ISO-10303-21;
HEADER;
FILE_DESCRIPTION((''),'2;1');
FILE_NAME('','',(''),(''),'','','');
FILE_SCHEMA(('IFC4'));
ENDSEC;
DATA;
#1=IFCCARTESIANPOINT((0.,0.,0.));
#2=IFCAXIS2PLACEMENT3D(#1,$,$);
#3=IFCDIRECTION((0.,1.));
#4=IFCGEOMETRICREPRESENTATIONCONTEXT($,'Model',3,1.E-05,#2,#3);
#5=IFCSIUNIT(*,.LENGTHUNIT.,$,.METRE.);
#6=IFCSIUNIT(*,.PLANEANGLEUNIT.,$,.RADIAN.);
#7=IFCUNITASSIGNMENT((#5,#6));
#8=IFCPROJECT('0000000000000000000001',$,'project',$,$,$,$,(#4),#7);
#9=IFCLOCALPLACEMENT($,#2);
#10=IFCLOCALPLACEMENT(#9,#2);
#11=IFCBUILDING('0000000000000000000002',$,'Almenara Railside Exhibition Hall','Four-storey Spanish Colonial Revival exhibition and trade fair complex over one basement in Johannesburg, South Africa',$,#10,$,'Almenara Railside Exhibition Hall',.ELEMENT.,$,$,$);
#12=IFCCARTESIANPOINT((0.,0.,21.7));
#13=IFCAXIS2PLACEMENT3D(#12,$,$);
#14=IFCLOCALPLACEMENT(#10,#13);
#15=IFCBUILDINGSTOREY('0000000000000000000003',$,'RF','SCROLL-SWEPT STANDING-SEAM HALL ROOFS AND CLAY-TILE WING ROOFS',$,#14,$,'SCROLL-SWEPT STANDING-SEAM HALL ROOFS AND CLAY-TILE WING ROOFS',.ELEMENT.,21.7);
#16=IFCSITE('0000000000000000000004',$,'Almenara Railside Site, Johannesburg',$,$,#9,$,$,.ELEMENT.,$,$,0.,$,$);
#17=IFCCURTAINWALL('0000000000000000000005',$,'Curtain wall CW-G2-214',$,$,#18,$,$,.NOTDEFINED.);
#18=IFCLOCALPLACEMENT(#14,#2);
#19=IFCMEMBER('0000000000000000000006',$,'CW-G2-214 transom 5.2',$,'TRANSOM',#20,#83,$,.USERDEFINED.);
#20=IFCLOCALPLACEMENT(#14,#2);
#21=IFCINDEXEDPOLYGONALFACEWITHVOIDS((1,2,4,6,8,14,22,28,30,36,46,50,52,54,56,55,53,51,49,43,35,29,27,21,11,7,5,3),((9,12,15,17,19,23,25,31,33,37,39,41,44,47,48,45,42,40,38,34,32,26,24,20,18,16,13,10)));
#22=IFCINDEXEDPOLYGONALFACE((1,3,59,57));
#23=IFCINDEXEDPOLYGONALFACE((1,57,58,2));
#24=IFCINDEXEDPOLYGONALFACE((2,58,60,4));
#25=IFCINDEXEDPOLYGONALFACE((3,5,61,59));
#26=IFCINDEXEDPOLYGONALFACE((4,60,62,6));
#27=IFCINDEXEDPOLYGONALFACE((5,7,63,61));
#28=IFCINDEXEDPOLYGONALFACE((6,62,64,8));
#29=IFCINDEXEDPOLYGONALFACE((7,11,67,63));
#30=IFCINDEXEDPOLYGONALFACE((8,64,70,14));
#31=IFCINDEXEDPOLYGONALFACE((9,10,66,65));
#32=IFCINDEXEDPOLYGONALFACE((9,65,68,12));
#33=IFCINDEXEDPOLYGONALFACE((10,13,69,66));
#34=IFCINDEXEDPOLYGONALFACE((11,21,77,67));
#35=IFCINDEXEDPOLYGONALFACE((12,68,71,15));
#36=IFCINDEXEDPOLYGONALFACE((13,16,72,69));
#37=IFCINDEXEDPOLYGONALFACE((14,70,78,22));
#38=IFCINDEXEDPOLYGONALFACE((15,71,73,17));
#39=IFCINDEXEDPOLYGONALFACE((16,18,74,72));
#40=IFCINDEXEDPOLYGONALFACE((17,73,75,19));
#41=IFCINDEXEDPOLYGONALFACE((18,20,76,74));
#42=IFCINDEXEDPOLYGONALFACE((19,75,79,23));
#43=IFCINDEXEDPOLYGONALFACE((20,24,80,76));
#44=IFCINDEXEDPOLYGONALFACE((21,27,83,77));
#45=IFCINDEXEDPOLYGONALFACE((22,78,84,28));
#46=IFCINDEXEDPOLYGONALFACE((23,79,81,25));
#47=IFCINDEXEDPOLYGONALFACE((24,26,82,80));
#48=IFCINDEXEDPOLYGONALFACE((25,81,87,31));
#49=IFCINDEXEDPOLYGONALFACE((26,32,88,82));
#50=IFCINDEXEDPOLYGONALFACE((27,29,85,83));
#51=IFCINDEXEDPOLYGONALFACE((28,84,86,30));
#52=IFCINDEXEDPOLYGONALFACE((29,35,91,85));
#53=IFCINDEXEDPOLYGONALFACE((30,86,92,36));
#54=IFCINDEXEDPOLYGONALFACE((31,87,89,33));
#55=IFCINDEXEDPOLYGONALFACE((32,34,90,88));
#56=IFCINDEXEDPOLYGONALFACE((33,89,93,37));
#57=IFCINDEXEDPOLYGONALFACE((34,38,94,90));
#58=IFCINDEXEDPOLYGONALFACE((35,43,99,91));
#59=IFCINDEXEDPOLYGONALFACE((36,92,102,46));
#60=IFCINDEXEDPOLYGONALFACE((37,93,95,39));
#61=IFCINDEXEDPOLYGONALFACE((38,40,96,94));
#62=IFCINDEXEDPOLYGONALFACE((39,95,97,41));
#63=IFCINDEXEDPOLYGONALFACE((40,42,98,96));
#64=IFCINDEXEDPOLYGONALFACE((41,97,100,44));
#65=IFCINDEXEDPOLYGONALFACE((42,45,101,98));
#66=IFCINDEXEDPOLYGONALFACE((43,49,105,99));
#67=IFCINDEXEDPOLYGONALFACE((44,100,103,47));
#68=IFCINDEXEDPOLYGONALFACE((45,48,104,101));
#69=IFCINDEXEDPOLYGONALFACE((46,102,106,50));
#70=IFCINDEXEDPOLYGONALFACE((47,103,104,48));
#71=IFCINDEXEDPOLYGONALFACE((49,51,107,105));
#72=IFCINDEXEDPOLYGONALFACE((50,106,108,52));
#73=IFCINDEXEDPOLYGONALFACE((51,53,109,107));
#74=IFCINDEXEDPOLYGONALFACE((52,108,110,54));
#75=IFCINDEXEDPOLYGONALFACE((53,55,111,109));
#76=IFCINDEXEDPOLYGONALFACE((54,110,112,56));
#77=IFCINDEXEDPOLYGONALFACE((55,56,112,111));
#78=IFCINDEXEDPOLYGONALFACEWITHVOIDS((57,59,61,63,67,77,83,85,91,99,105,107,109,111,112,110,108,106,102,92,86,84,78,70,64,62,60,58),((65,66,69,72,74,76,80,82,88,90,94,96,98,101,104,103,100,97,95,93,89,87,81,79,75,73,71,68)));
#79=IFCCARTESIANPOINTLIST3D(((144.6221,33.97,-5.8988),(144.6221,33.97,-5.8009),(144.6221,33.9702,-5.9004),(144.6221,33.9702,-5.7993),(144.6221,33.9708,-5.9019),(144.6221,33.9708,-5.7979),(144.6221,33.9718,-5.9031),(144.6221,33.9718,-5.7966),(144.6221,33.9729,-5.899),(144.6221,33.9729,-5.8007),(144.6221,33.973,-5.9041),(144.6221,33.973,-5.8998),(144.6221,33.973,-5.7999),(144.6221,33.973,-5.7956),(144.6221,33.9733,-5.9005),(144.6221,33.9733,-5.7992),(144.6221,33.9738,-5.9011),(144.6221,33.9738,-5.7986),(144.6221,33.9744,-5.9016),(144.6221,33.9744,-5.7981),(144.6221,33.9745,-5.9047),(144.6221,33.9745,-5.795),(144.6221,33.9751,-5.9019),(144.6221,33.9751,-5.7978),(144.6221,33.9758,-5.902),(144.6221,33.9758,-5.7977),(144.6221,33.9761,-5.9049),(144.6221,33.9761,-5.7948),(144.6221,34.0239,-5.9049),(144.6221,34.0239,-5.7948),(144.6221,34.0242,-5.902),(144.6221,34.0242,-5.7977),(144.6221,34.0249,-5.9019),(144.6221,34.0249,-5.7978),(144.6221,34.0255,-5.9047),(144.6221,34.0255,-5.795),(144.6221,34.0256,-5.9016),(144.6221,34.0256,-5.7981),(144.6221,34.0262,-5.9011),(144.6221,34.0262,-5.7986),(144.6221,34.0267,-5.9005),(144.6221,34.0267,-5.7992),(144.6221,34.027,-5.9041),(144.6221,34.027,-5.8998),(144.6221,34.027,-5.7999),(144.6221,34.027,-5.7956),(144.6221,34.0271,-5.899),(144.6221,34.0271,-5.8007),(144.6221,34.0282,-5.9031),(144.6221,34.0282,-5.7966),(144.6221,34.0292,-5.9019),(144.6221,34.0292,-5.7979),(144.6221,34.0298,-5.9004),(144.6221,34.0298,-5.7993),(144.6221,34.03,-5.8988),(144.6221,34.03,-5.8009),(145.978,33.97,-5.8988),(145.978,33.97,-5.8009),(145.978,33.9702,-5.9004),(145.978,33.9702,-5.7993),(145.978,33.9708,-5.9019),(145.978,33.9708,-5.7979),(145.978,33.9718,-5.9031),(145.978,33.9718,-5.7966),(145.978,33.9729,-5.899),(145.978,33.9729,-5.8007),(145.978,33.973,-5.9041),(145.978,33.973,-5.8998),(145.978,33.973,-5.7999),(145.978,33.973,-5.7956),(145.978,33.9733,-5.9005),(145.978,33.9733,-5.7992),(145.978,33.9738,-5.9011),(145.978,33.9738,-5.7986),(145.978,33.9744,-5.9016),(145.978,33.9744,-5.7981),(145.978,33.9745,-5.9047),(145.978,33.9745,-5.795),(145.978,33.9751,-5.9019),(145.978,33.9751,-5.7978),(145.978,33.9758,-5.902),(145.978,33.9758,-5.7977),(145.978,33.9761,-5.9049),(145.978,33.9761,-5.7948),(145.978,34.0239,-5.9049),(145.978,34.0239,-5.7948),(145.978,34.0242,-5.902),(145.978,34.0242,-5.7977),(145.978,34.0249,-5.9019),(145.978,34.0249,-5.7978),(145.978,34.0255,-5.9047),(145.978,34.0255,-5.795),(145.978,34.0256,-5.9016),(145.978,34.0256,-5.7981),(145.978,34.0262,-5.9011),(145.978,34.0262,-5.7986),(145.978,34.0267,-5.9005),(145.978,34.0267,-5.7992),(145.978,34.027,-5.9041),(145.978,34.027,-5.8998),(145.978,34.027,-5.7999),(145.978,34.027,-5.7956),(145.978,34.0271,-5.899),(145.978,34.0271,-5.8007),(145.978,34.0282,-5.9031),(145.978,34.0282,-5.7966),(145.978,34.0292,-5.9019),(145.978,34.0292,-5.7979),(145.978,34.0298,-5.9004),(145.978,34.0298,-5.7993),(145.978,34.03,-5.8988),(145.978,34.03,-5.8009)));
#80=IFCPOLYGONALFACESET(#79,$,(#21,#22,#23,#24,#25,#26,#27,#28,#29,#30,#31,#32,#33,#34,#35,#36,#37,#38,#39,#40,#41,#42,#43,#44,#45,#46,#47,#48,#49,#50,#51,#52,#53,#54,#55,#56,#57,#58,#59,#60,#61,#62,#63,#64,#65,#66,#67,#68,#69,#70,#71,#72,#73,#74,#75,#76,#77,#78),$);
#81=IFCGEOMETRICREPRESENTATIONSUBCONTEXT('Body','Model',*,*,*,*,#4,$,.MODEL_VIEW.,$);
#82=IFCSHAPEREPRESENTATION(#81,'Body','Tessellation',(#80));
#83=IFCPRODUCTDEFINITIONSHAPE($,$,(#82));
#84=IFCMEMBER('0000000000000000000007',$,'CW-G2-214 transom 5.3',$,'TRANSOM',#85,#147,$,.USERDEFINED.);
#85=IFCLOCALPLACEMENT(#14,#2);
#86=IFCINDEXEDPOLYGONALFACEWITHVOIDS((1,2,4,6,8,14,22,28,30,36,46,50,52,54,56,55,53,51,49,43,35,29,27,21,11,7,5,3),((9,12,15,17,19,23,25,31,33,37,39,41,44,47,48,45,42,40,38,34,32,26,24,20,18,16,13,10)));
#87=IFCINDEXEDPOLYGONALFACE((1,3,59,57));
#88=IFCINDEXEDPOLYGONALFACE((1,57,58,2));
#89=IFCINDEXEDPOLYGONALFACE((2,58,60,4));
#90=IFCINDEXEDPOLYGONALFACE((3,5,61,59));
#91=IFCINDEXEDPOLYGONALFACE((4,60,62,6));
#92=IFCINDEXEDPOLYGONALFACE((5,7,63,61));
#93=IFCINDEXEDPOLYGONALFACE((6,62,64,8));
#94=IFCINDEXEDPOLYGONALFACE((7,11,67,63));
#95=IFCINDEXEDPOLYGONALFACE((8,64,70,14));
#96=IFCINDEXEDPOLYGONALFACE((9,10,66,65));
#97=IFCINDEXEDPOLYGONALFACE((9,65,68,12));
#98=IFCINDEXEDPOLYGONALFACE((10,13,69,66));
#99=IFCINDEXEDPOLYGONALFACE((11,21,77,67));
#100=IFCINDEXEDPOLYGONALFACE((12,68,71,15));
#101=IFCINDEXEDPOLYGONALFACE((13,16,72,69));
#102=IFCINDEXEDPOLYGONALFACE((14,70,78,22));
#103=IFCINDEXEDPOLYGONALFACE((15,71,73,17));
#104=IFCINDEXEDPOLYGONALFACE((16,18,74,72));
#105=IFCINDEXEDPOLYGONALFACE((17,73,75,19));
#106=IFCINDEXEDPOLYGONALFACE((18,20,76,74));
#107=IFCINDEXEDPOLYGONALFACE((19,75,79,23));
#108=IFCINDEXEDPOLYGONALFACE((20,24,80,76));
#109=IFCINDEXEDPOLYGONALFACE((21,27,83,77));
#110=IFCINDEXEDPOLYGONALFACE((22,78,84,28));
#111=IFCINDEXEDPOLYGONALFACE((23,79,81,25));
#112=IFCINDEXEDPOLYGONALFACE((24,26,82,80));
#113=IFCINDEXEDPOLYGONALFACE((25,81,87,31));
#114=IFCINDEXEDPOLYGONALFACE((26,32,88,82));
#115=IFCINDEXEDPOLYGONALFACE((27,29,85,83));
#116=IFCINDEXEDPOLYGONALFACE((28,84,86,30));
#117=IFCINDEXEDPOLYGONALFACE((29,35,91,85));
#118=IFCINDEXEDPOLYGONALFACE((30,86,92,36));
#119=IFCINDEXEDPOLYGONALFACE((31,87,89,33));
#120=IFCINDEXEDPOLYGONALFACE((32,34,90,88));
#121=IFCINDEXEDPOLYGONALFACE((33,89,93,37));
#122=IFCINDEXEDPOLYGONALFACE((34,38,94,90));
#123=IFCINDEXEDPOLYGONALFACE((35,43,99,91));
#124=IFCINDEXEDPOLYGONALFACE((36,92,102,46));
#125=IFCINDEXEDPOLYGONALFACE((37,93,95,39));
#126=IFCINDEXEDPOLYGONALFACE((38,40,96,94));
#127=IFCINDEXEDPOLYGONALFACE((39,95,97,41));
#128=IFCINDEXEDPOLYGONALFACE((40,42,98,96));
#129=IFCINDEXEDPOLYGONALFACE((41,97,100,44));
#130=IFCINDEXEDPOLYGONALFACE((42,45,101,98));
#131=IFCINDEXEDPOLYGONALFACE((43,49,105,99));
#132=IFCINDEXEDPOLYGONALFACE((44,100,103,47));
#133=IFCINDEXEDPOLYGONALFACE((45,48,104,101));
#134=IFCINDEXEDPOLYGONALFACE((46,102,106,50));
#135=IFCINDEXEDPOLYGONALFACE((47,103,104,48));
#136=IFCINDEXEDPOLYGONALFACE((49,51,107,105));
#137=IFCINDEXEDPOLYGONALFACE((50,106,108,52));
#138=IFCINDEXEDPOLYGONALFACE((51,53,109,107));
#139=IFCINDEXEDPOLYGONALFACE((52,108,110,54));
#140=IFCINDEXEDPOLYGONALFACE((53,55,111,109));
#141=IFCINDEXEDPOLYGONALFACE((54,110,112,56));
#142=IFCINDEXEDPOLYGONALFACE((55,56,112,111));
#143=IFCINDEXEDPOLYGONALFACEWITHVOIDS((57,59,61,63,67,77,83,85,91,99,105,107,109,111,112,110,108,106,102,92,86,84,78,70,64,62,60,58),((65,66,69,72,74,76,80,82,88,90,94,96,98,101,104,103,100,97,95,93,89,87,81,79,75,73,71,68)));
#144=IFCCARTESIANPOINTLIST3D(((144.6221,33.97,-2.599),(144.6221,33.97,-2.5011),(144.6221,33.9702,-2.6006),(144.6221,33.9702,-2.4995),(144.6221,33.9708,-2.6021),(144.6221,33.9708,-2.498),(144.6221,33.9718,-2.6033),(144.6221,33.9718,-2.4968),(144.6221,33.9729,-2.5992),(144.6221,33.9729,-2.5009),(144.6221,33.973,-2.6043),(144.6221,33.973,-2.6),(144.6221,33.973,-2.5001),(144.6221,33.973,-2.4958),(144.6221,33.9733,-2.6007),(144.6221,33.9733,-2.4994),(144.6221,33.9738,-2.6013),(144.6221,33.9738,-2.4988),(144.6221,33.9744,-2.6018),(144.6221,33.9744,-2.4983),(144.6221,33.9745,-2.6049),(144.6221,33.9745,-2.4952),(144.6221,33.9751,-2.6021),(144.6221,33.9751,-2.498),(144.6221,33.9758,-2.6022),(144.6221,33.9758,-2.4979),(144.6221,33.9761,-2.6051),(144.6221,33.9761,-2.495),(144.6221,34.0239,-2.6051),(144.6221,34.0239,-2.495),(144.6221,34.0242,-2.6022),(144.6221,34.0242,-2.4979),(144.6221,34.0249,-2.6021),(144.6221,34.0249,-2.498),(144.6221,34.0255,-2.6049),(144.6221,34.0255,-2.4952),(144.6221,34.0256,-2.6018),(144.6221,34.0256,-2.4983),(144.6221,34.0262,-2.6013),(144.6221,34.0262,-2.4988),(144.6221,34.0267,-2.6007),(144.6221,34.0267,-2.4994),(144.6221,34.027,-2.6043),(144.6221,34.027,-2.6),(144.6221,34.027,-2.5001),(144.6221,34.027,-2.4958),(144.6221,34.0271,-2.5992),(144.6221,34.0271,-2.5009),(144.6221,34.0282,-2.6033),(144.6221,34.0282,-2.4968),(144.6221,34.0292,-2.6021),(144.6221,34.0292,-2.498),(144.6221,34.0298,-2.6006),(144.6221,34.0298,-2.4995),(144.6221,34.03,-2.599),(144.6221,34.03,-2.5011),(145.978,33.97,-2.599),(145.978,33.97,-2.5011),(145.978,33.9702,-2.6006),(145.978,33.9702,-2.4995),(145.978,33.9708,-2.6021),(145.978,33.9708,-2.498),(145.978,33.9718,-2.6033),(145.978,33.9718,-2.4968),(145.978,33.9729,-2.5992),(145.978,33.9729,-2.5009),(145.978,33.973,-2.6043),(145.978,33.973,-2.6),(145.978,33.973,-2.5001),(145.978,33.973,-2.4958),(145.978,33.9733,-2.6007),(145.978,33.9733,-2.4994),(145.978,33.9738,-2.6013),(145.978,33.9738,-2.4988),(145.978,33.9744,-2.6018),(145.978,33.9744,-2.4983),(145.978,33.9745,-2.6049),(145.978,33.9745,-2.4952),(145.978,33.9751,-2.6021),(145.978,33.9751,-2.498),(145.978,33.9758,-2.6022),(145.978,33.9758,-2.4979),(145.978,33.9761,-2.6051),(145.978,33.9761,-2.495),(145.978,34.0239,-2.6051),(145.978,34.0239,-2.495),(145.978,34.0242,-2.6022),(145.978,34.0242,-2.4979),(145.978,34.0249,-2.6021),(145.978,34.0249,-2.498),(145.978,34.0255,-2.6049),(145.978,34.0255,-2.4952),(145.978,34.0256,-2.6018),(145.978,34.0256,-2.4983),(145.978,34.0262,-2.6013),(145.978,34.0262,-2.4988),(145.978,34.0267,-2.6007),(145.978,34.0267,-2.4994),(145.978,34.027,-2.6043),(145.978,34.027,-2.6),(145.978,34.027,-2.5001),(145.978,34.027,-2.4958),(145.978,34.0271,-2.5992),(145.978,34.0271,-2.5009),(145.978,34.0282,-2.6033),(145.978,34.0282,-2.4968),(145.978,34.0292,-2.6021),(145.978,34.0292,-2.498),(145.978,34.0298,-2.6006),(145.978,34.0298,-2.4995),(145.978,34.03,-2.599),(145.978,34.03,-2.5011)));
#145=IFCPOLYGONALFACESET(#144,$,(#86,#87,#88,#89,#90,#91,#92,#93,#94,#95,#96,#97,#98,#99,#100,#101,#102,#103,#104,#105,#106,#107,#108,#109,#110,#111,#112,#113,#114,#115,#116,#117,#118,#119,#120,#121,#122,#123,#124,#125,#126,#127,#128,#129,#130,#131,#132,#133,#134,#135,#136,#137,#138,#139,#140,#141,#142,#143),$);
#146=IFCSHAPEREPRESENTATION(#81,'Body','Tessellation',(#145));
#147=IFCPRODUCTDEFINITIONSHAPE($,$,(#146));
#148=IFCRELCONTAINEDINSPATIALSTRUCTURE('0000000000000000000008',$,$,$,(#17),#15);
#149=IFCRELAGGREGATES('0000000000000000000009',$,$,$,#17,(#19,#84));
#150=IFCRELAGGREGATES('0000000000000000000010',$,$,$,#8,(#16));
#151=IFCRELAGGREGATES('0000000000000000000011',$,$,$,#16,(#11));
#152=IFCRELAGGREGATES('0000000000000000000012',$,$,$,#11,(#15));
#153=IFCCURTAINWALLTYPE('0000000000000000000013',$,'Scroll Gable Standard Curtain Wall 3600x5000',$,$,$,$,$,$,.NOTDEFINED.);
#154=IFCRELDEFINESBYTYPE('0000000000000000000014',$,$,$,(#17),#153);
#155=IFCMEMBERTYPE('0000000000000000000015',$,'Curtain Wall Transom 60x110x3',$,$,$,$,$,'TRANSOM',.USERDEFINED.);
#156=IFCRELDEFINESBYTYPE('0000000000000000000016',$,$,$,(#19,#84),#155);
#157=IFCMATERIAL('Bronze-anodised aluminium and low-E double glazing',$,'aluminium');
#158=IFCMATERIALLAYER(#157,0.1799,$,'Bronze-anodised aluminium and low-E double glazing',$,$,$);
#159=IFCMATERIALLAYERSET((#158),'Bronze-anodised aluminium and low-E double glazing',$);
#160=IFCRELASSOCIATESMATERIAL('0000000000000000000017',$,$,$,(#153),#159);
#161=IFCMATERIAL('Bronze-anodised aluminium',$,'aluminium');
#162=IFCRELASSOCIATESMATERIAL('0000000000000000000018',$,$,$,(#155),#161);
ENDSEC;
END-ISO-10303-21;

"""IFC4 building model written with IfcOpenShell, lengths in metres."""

from ifc_helpers import new_model, si_unit, direction, frame, origin, origin_2d, place, context, subcontext, project, spatial, hollow_rectangle, extrude, material, layer, layer_set, material_profile, profile_set, type_object, element, aggregate, save


model = new_model("IFC4")

# Units and contexts
model_context = context("Model", 3, precision=1e-05, world=origin(), true_north=direction((0.0, 1.0)))
body_context = subcontext(model_context, "Body", "Model", "MODEL_VIEW")
ifc_project = project(units=[si_unit("LENGTHUNIT", "METRE"), si_unit("PLANEANGLEUNIT", "RADIAN")], contexts=[model_context])

# Site, building, storey
site_placement = place(None, origin())
site = spatial("IfcSite", under=ifc_project, at=site_placement, Name="Almenara Railside Site, Johannesburg", CompositionType="ELEMENT", RefElevation=0.0)
building_placement = place(site_placement, origin())
building = spatial("IfcBuilding", under=site, at=building_placement, Name="Almenara Railside Exhibition Hall", Description="Four-storey Spanish Colonial Revival exhibition and trade fair complex over one basement in Johannesburg, South Africa", LongName="Almenara Railside Exhibition Hall", CompositionType="ELEMENT")
storey_placement = place(building_placement, frame((0.0, 0.0, 21.7)))
storey = spatial("IfcBuildingStorey", under=building, at=storey_placement, Name="RF", Description="SCROLL-SWEPT STANDING-SEAM HALL ROOFS AND CLAY-TILE WING ROOFS", LongName="SCROLL-SWEPT STANDING-SEAM HALL ROOFS AND CLAY-TILE WING ROOFS", CompositionType="ELEMENT", Elevation=21.7)

# Curtain wall, members
ifc_material_1 = material(Name="Bronze-anodised aluminium and low-E double glazing", Category="aluminium")
ifc_layer_1 = layer(ifc_material_1, 0.1799, Name="Bronze-anodised aluminium and low-E double glazing")
ifc_layer_set_1 = layer_set([ifc_layer_1], Name="Bronze-anodised aluminium and low-E double glazing")
curtain_wall_type = type_object("IfcCurtainWallType", Name="Scroll Gable Standard Curtain Wall 3600x5000", PredefinedType="NOTDEFINED", material=ifc_layer_set_1)
curtain_wall_placement = place(storey_placement, origin())
curtain_wall = element("IfcCurtainWall", 1, at=curtain_wall_placement, inside=storey, type_object=curtain_wall_type, Name="Curtain wall CW-G2-214", PredefinedType="NOTDEFINED")
ifc_material_2 = material(Name="Bronze-anodised aluminium", Category="aluminium")
ifc_material_profile_1 = material_profile(ifc_material_2, hollow_rectangle(XDim=0.0601, YDim=0.1101, WallThickness=0.0029, InnerFilletRadius=0.0029, OuterFilletRadius=0.0061, at=origin_2d()), Name="ALU-TRN 60x110x3")
ifc_profile_set_1 = profile_set([ifc_material_profile_1], Name="Bronze-anodised aluminium")
member_type_1 = type_object("IfcMemberType", Name="Curtain Wall Transom 60x110x3", ElementType="TRANSOM", PredefinedType="USERDEFINED", material=ifc_profile_set_1)
member_1_placement = place(storey_placement, frame((144.6221, 34.0, -5.8499), z_axis=(1.0, 0.0, 0.0), x_axis=(0.0, 1.0, 0.0)))
member_1 = element("IfcMember", 2, at=member_1_placement, type_object=member_type_1, Name="CW-G2-214 transom 5.2", ObjectType="TRANSOM", PredefinedType="USERDEFINED", context=body_context, shape_type="SweptSolid", body=[
    extrude(hollow_rectangle(XDim=0.0601, YDim=0.1101, WallThickness=0.0029, InnerFilletRadius=0.0029, OuterFilletRadius=0.0061, at=origin_2d()), origin(), (0.0, 0.0, 1.0), 1.356),
])
member_2_placement = place(storey_placement, frame((144.6221, 34.0, -2.55), z_axis=(1.0, 0.0, 0.0), x_axis=(0.0, 1.0, 0.0)))
member_2 = element("IfcMember", 3, at=member_2_placement, type_object=member_type_1, Name="CW-G2-214 transom 5.3", ObjectType="TRANSOM", PredefinedType="USERDEFINED", context=body_context, shape_type="SweptSolid", body=[
    extrude(hollow_rectangle(XDim=0.0601, YDim=0.1101, WallThickness=0.0029, InnerFilletRadius=0.0029, OuterFilletRadius=0.0061, at=origin_2d()), origin(), (0.0, 0.0, 1.0), 1.356),
])

aggregate(curtain_wall, [member_1, member_2])

save(model, "model.ifc")
